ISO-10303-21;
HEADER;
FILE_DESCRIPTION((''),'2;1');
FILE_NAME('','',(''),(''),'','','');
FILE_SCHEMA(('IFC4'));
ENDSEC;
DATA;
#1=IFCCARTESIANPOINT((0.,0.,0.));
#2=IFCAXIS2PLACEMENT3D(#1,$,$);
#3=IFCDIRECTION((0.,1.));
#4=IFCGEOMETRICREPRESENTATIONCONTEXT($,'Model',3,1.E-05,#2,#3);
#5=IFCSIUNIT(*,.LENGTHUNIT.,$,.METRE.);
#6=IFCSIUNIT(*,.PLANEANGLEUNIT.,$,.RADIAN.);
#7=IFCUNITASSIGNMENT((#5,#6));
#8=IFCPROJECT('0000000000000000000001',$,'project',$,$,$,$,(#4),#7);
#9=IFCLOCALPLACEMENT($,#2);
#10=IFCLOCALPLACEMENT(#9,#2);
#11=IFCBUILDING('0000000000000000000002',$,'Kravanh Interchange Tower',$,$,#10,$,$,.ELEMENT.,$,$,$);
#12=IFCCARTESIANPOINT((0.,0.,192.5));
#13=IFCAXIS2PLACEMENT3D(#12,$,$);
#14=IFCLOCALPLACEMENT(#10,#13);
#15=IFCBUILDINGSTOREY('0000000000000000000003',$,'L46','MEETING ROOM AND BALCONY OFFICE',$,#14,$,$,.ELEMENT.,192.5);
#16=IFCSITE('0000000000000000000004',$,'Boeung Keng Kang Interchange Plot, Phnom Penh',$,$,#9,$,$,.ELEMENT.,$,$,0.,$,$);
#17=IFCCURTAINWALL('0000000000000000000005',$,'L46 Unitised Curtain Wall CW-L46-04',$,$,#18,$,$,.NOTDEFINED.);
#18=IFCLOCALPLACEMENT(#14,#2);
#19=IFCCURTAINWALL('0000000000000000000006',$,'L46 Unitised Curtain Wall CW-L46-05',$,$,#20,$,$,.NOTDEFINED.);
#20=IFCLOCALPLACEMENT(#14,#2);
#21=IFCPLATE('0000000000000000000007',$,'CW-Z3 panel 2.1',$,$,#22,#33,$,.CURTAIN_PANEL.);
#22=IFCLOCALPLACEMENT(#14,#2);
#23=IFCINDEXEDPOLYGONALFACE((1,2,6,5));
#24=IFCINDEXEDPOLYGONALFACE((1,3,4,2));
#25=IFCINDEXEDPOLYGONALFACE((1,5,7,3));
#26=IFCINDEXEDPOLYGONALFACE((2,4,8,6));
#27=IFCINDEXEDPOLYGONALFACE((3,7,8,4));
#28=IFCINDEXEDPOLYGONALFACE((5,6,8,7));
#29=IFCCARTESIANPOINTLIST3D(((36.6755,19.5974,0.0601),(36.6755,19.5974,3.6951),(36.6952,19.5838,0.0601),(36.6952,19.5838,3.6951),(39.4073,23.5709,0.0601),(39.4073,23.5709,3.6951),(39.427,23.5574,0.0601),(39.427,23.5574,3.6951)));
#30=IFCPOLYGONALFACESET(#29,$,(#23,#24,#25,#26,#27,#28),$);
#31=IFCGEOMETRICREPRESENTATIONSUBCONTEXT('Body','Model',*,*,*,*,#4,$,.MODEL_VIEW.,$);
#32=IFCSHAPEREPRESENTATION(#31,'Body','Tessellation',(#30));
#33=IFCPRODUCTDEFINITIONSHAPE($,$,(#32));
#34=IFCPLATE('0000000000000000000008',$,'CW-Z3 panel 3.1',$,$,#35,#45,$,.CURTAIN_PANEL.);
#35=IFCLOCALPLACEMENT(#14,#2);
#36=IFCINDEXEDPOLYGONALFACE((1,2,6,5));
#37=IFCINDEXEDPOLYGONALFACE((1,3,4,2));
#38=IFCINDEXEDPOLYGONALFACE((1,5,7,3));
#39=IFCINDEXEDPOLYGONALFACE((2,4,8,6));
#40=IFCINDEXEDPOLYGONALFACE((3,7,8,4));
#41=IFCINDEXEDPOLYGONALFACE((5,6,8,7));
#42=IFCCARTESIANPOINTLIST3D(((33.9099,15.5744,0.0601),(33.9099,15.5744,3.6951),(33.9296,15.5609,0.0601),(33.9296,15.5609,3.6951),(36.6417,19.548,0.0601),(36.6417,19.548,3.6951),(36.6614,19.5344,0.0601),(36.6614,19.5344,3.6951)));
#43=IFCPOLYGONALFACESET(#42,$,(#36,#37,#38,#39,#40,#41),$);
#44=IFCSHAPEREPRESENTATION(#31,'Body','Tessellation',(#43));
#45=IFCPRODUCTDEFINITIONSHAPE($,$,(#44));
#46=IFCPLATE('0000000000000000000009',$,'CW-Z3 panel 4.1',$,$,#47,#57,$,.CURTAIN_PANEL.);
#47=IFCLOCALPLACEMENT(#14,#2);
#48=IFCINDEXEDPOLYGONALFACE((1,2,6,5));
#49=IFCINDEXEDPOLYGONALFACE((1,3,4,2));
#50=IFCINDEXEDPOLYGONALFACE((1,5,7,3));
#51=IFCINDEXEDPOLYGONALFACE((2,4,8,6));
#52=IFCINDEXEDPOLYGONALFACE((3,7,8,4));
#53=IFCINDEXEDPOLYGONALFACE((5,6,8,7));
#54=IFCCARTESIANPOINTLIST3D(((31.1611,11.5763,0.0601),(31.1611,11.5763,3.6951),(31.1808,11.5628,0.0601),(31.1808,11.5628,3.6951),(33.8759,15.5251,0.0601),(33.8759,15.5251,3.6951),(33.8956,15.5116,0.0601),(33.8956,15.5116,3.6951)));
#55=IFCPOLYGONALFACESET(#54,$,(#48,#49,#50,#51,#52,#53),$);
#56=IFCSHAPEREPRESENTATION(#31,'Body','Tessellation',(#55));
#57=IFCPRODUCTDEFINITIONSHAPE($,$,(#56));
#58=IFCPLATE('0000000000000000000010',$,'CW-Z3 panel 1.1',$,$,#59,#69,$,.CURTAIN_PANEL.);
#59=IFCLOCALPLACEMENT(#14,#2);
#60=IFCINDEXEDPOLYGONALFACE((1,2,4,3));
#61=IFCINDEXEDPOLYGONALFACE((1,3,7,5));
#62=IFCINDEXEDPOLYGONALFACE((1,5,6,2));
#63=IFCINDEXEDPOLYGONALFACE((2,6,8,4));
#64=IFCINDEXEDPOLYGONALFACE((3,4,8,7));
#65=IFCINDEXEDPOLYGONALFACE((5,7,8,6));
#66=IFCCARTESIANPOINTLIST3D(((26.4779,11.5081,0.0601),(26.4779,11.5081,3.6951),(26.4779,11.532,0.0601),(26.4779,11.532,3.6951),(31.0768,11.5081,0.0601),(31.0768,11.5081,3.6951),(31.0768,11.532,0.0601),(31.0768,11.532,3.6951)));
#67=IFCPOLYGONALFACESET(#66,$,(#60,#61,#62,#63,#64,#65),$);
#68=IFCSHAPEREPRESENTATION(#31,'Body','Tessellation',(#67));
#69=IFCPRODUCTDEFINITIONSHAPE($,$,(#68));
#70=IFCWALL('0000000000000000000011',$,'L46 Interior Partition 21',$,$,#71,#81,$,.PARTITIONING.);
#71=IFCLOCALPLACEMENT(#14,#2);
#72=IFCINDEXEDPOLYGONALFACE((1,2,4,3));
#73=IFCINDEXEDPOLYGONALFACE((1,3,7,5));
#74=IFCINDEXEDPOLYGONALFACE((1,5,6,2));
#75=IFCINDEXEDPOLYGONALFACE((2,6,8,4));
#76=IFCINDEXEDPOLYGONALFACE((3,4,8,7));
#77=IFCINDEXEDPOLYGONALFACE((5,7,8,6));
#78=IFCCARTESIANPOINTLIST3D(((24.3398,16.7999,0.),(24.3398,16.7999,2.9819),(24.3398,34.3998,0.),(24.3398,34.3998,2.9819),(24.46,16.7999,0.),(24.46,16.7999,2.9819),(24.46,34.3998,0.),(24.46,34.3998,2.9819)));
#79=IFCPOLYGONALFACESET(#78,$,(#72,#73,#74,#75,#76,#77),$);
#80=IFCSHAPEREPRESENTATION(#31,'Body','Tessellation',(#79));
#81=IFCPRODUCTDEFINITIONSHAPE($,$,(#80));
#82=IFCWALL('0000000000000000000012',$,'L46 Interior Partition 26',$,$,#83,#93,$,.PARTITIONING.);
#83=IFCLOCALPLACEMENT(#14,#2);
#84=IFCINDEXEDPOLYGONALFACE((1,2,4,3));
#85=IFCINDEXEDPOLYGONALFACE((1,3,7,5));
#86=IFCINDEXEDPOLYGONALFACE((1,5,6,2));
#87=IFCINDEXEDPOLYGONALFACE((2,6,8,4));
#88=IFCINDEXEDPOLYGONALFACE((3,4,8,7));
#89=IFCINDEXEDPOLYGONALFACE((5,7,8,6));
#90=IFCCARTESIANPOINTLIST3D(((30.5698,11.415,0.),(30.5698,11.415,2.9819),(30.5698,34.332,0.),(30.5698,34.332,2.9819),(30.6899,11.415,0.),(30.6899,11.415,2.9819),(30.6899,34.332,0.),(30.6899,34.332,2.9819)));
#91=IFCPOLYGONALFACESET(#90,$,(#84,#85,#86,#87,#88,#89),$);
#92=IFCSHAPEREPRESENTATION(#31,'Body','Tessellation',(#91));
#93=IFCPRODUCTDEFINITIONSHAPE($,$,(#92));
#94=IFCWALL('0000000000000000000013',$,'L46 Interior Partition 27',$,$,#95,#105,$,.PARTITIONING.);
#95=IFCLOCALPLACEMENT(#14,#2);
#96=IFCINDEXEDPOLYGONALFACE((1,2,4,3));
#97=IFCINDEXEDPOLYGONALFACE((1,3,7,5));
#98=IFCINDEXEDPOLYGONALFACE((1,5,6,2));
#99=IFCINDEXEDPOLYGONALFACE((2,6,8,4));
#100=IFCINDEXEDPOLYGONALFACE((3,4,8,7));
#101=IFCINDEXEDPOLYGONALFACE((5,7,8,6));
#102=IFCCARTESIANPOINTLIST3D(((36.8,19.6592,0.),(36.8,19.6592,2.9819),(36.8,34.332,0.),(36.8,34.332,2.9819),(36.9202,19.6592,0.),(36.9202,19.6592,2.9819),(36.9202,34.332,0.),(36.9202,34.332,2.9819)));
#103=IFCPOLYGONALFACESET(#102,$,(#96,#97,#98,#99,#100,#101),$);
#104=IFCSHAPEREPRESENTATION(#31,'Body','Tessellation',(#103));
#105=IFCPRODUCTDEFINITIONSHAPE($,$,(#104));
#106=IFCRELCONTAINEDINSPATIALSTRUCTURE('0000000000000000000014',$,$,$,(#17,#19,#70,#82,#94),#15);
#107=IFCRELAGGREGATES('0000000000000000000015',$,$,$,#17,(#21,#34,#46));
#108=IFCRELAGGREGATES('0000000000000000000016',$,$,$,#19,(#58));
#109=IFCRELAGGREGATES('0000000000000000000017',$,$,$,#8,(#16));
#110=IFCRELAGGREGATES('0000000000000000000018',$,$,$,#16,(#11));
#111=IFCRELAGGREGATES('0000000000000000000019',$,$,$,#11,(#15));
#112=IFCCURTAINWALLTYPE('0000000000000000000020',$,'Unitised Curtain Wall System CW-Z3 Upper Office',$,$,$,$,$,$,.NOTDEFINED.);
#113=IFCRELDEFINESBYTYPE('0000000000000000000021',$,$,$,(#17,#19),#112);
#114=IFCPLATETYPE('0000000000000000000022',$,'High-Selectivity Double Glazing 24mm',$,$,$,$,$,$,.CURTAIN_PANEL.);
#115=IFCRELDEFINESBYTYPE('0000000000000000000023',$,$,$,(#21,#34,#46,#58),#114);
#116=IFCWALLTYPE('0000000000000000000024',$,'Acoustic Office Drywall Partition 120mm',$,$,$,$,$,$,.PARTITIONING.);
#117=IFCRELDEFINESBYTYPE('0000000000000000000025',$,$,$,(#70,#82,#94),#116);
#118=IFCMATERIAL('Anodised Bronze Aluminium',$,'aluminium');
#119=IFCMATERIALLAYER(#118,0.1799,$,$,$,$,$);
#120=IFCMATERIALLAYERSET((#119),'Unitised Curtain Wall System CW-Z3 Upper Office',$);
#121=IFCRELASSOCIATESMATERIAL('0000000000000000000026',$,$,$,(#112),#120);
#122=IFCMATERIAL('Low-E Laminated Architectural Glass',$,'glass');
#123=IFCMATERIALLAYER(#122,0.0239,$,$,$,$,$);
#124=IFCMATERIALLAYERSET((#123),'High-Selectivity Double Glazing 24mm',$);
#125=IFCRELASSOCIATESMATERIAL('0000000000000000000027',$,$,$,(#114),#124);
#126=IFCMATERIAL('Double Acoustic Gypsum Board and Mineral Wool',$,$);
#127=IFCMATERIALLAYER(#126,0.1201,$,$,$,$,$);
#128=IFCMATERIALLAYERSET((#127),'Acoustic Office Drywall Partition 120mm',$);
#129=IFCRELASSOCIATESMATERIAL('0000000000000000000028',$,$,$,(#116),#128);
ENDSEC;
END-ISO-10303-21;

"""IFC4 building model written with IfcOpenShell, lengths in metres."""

from ifc_helpers import new_model, si_unit, direction, frame, frame_2d, origin, origin_2d, place, context, subcontext, project, spatial, rectangle, extrude, material, layer, layer_set, type_object, element, aggregate, save


model = new_model("IFC4")

# Units and contexts
model_context = context("Model", 3, precision=1e-05, world=origin(), true_north=direction((0.0, 1.0)))
body_context = subcontext(model_context, "Body", "Model", "MODEL_VIEW")
ifc_project = project(units=[si_unit("LENGTHUNIT", "METRE"), si_unit("PLANEANGLEUNIT", "RADIAN")], contexts=[model_context])

# Site, building, storey
site_placement = place(None, origin())
site = spatial("IfcSite", under=ifc_project, at=site_placement, Name="Boeung Keng Kang Interchange Plot, Phnom Penh", CompositionType="ELEMENT", RefElevation=0.0)
building_placement = place(site_placement, origin())
building = spatial("IfcBuilding", under=site, at=building_placement, Name="Kravanh Interchange Tower", CompositionType="ELEMENT")
storey_placement = place(building_placement, frame((0.0, 0.0, 192.5)))
storey = spatial("IfcBuildingStorey", under=building, at=storey_placement, Name="L46", Description="MEETING ROOM AND BALCONY OFFICE", CompositionType="ELEMENT", Elevation=192.5)

# Curtain walls
ifc_material_1 = material(Name="Anodised Bronze Aluminium", Category="aluminium")
ifc_layer_1 = layer(ifc_material_1, 0.1799)
ifc_layer_set_1 = layer_set([ifc_layer_1], Name="Unitised Curtain Wall System CW-Z3 Upper Office")
curtain_wall_type = type_object("IfcCurtainWallType", Name="Unitised Curtain Wall System CW-Z3 Upper Office", PredefinedType="NOTDEFINED", material=ifc_layer_set_1)
curtain_wall_1_placement = place(storey_placement, origin())
curtain_wall_1 = element("IfcCurtainWall", 1, at=curtain_wall_1_placement, inside=storey, type_object=curtain_wall_type, Name="L46 Unitised Curtain Wall CW-L46-04", PredefinedType="NOTDEFINED")
curtain_wall_2_placement = place(storey_placement, origin())
curtain_wall_2 = element("IfcCurtainWall", 2, at=curtain_wall_2_placement, inside=storey, type_object=curtain_wall_type, Name="L46 Unitised Curtain Wall CW-L46-05", PredefinedType="NOTDEFINED")

# Plates
ifc_material_2 = material(Name="Low-E Laminated Architectural Glass", Category="glass")
ifc_layer_2 = layer(ifc_material_2, 0.0239)
ifc_layer_set_2 = layer_set([ifc_layer_2], Name="High-Selectivity Double Glazing 24mm")
plate_type = type_object("IfcPlateType", Name="High-Selectivity Double Glazing 24mm", PredefinedType="CURTAIN_PANEL", material=ifc_layer_set_2)
plate_1_placement = place(storey_placement, frame((38.0513, 21.5774, 0.0601), z_axis=(0.0, 0.0, 1.0), x_axis=(-0.566528, -0.824042, 0.0)))
plate_1 = element("IfcPlate", 3, at=plate_1_placement, type_object=plate_type, Name="CW-Z3 panel 2.1", PredefinedType="CURTAIN_PANEL", context=body_context, shape_type="SweptSolid", body=[
    extrude(rectangle(XDim=4.822, YDim=0.0239, at=origin_2d()), origin(), (0.0, 0.0, 1.0), 3.635),
])
plate_2_placement = place(storey_placement, frame((35.2856, 17.5544, 0.0601), z_axis=(0.0, 0.0, 1.0), x_axis=(-0.566528, -0.824042, 0.0)))
plate_2 = element("IfcPlate", 4, at=plate_2_placement, type_object=plate_type, Name="CW-Z3 panel 3.1", PredefinedType="CURTAIN_PANEL", context=body_context, shape_type="SweptSolid", body=[
    extrude(rectangle(XDim=4.822, YDim=0.0239, at=origin_2d()), origin(), (0.0, 0.0, 1.0), 3.635),
])
plate_3_placement = place(storey_placement, frame((32.5283, 13.5439, 0.0601), z_axis=(0.0, 0.0, 1.0), x_axis=(-0.566528, -0.824042, 0.0)))
plate_3 = element("IfcPlate", 5, at=plate_3_placement, type_object=plate_type, Name="CW-Z3 panel 4.1", PredefinedType="CURTAIN_PANEL", context=body_context, shape_type="SweptSolid", body=[
    extrude(rectangle(XDim=4.792, YDim=0.0239, at=origin_2d()), origin(), (0.0, 0.0, 1.0), 3.635),
])
aggregate(curtain_wall_1, [plate_1, plate_2, plate_3])
plate_4_placement = place(storey_placement, frame((28.7773, 11.52, 0.0601), z_axis=(0.0, 0.0, 1.0), x_axis=(-1.0, 0.0, 0.0)))
plate_4 = element("IfcPlate", 6, at=plate_4_placement, type_object=plate_type, Name="CW-Z3 panel 1.1", PredefinedType="CURTAIN_PANEL", context=body_context, shape_type="SweptSolid", body=[
    extrude(rectangle(XDim=4.5989, YDim=0.0239, at=origin_2d()), origin(), (0.0, 0.0, 1.0), 3.635),
])
aggregate(curtain_wall_2, [plate_4])

# Walls
ifc_material_3 = material(Name="Double Acoustic Gypsum Board and Mineral Wool")
ifc_layer_3 = layer(ifc_material_3, 0.1201)
ifc_layer_set_3 = layer_set([ifc_layer_3], Name="Acoustic Office Drywall Partition 120mm")
wall_type = type_object("IfcWallType", Name="Acoustic Office Drywall Partition 120mm", PredefinedType="PARTITIONING", material=ifc_layer_set_3)
wall_1_placement = place(storey_placement, frame((24.3999, 16.8, 0.0), z_axis=(0.0, 0.0, 1.0), x_axis=(0.0, 1.0, 0.0)))
element("IfcWall", 7, at=wall_1_placement, inside=storey, type_object=wall_type, Name="L46 Interior Partition 21", PredefinedType="PARTITIONING", context=body_context, shape_type="SweptSolid", body=[
    extrude(rectangle(XDim=17.5999, YDim=0.1201, at=frame_2d((8.7998, 0.0))), origin(), (0.0, 0.0, 1.0), 2.9819),
])
wall_2_placement = place(storey_placement, frame((30.6299, 11.415, 0.0), z_axis=(0.0, 0.0, 1.0), x_axis=(0.0, 1.0, 0.0)))
element("IfcWall", 8, at=wall_2_placement, inside=storey, type_object=wall_type, Name="L46 Interior Partition 26", PredefinedType="PARTITIONING", context=body_context, shape_type="SweptSolid", body=[
    extrude(rectangle(XDim=22.917, YDim=0.1201, at=frame_2d((11.4585, 0.0))), origin(), (0.0, 0.0, 1.0), 2.9819),
])
wall_3_placement = place(storey_placement, frame((36.8601, 19.6592, 0.0), z_axis=(0.0, 0.0, 1.0), x_axis=(0.0, 1.0, 0.0)))
element("IfcWall", 9, at=wall_3_placement, inside=storey, type_object=wall_type, Name="L46 Interior Partition 27", PredefinedType="PARTITIONING", context=body_context, shape_type="SweptSolid", body=[
    extrude(rectangle(XDim=14.6729, YDim=0.1201, at=frame_2d((7.3364, 0.0))), origin(), (0.0, 0.0, 1.0), 2.9819),
])

save(model, "model.ifc")
